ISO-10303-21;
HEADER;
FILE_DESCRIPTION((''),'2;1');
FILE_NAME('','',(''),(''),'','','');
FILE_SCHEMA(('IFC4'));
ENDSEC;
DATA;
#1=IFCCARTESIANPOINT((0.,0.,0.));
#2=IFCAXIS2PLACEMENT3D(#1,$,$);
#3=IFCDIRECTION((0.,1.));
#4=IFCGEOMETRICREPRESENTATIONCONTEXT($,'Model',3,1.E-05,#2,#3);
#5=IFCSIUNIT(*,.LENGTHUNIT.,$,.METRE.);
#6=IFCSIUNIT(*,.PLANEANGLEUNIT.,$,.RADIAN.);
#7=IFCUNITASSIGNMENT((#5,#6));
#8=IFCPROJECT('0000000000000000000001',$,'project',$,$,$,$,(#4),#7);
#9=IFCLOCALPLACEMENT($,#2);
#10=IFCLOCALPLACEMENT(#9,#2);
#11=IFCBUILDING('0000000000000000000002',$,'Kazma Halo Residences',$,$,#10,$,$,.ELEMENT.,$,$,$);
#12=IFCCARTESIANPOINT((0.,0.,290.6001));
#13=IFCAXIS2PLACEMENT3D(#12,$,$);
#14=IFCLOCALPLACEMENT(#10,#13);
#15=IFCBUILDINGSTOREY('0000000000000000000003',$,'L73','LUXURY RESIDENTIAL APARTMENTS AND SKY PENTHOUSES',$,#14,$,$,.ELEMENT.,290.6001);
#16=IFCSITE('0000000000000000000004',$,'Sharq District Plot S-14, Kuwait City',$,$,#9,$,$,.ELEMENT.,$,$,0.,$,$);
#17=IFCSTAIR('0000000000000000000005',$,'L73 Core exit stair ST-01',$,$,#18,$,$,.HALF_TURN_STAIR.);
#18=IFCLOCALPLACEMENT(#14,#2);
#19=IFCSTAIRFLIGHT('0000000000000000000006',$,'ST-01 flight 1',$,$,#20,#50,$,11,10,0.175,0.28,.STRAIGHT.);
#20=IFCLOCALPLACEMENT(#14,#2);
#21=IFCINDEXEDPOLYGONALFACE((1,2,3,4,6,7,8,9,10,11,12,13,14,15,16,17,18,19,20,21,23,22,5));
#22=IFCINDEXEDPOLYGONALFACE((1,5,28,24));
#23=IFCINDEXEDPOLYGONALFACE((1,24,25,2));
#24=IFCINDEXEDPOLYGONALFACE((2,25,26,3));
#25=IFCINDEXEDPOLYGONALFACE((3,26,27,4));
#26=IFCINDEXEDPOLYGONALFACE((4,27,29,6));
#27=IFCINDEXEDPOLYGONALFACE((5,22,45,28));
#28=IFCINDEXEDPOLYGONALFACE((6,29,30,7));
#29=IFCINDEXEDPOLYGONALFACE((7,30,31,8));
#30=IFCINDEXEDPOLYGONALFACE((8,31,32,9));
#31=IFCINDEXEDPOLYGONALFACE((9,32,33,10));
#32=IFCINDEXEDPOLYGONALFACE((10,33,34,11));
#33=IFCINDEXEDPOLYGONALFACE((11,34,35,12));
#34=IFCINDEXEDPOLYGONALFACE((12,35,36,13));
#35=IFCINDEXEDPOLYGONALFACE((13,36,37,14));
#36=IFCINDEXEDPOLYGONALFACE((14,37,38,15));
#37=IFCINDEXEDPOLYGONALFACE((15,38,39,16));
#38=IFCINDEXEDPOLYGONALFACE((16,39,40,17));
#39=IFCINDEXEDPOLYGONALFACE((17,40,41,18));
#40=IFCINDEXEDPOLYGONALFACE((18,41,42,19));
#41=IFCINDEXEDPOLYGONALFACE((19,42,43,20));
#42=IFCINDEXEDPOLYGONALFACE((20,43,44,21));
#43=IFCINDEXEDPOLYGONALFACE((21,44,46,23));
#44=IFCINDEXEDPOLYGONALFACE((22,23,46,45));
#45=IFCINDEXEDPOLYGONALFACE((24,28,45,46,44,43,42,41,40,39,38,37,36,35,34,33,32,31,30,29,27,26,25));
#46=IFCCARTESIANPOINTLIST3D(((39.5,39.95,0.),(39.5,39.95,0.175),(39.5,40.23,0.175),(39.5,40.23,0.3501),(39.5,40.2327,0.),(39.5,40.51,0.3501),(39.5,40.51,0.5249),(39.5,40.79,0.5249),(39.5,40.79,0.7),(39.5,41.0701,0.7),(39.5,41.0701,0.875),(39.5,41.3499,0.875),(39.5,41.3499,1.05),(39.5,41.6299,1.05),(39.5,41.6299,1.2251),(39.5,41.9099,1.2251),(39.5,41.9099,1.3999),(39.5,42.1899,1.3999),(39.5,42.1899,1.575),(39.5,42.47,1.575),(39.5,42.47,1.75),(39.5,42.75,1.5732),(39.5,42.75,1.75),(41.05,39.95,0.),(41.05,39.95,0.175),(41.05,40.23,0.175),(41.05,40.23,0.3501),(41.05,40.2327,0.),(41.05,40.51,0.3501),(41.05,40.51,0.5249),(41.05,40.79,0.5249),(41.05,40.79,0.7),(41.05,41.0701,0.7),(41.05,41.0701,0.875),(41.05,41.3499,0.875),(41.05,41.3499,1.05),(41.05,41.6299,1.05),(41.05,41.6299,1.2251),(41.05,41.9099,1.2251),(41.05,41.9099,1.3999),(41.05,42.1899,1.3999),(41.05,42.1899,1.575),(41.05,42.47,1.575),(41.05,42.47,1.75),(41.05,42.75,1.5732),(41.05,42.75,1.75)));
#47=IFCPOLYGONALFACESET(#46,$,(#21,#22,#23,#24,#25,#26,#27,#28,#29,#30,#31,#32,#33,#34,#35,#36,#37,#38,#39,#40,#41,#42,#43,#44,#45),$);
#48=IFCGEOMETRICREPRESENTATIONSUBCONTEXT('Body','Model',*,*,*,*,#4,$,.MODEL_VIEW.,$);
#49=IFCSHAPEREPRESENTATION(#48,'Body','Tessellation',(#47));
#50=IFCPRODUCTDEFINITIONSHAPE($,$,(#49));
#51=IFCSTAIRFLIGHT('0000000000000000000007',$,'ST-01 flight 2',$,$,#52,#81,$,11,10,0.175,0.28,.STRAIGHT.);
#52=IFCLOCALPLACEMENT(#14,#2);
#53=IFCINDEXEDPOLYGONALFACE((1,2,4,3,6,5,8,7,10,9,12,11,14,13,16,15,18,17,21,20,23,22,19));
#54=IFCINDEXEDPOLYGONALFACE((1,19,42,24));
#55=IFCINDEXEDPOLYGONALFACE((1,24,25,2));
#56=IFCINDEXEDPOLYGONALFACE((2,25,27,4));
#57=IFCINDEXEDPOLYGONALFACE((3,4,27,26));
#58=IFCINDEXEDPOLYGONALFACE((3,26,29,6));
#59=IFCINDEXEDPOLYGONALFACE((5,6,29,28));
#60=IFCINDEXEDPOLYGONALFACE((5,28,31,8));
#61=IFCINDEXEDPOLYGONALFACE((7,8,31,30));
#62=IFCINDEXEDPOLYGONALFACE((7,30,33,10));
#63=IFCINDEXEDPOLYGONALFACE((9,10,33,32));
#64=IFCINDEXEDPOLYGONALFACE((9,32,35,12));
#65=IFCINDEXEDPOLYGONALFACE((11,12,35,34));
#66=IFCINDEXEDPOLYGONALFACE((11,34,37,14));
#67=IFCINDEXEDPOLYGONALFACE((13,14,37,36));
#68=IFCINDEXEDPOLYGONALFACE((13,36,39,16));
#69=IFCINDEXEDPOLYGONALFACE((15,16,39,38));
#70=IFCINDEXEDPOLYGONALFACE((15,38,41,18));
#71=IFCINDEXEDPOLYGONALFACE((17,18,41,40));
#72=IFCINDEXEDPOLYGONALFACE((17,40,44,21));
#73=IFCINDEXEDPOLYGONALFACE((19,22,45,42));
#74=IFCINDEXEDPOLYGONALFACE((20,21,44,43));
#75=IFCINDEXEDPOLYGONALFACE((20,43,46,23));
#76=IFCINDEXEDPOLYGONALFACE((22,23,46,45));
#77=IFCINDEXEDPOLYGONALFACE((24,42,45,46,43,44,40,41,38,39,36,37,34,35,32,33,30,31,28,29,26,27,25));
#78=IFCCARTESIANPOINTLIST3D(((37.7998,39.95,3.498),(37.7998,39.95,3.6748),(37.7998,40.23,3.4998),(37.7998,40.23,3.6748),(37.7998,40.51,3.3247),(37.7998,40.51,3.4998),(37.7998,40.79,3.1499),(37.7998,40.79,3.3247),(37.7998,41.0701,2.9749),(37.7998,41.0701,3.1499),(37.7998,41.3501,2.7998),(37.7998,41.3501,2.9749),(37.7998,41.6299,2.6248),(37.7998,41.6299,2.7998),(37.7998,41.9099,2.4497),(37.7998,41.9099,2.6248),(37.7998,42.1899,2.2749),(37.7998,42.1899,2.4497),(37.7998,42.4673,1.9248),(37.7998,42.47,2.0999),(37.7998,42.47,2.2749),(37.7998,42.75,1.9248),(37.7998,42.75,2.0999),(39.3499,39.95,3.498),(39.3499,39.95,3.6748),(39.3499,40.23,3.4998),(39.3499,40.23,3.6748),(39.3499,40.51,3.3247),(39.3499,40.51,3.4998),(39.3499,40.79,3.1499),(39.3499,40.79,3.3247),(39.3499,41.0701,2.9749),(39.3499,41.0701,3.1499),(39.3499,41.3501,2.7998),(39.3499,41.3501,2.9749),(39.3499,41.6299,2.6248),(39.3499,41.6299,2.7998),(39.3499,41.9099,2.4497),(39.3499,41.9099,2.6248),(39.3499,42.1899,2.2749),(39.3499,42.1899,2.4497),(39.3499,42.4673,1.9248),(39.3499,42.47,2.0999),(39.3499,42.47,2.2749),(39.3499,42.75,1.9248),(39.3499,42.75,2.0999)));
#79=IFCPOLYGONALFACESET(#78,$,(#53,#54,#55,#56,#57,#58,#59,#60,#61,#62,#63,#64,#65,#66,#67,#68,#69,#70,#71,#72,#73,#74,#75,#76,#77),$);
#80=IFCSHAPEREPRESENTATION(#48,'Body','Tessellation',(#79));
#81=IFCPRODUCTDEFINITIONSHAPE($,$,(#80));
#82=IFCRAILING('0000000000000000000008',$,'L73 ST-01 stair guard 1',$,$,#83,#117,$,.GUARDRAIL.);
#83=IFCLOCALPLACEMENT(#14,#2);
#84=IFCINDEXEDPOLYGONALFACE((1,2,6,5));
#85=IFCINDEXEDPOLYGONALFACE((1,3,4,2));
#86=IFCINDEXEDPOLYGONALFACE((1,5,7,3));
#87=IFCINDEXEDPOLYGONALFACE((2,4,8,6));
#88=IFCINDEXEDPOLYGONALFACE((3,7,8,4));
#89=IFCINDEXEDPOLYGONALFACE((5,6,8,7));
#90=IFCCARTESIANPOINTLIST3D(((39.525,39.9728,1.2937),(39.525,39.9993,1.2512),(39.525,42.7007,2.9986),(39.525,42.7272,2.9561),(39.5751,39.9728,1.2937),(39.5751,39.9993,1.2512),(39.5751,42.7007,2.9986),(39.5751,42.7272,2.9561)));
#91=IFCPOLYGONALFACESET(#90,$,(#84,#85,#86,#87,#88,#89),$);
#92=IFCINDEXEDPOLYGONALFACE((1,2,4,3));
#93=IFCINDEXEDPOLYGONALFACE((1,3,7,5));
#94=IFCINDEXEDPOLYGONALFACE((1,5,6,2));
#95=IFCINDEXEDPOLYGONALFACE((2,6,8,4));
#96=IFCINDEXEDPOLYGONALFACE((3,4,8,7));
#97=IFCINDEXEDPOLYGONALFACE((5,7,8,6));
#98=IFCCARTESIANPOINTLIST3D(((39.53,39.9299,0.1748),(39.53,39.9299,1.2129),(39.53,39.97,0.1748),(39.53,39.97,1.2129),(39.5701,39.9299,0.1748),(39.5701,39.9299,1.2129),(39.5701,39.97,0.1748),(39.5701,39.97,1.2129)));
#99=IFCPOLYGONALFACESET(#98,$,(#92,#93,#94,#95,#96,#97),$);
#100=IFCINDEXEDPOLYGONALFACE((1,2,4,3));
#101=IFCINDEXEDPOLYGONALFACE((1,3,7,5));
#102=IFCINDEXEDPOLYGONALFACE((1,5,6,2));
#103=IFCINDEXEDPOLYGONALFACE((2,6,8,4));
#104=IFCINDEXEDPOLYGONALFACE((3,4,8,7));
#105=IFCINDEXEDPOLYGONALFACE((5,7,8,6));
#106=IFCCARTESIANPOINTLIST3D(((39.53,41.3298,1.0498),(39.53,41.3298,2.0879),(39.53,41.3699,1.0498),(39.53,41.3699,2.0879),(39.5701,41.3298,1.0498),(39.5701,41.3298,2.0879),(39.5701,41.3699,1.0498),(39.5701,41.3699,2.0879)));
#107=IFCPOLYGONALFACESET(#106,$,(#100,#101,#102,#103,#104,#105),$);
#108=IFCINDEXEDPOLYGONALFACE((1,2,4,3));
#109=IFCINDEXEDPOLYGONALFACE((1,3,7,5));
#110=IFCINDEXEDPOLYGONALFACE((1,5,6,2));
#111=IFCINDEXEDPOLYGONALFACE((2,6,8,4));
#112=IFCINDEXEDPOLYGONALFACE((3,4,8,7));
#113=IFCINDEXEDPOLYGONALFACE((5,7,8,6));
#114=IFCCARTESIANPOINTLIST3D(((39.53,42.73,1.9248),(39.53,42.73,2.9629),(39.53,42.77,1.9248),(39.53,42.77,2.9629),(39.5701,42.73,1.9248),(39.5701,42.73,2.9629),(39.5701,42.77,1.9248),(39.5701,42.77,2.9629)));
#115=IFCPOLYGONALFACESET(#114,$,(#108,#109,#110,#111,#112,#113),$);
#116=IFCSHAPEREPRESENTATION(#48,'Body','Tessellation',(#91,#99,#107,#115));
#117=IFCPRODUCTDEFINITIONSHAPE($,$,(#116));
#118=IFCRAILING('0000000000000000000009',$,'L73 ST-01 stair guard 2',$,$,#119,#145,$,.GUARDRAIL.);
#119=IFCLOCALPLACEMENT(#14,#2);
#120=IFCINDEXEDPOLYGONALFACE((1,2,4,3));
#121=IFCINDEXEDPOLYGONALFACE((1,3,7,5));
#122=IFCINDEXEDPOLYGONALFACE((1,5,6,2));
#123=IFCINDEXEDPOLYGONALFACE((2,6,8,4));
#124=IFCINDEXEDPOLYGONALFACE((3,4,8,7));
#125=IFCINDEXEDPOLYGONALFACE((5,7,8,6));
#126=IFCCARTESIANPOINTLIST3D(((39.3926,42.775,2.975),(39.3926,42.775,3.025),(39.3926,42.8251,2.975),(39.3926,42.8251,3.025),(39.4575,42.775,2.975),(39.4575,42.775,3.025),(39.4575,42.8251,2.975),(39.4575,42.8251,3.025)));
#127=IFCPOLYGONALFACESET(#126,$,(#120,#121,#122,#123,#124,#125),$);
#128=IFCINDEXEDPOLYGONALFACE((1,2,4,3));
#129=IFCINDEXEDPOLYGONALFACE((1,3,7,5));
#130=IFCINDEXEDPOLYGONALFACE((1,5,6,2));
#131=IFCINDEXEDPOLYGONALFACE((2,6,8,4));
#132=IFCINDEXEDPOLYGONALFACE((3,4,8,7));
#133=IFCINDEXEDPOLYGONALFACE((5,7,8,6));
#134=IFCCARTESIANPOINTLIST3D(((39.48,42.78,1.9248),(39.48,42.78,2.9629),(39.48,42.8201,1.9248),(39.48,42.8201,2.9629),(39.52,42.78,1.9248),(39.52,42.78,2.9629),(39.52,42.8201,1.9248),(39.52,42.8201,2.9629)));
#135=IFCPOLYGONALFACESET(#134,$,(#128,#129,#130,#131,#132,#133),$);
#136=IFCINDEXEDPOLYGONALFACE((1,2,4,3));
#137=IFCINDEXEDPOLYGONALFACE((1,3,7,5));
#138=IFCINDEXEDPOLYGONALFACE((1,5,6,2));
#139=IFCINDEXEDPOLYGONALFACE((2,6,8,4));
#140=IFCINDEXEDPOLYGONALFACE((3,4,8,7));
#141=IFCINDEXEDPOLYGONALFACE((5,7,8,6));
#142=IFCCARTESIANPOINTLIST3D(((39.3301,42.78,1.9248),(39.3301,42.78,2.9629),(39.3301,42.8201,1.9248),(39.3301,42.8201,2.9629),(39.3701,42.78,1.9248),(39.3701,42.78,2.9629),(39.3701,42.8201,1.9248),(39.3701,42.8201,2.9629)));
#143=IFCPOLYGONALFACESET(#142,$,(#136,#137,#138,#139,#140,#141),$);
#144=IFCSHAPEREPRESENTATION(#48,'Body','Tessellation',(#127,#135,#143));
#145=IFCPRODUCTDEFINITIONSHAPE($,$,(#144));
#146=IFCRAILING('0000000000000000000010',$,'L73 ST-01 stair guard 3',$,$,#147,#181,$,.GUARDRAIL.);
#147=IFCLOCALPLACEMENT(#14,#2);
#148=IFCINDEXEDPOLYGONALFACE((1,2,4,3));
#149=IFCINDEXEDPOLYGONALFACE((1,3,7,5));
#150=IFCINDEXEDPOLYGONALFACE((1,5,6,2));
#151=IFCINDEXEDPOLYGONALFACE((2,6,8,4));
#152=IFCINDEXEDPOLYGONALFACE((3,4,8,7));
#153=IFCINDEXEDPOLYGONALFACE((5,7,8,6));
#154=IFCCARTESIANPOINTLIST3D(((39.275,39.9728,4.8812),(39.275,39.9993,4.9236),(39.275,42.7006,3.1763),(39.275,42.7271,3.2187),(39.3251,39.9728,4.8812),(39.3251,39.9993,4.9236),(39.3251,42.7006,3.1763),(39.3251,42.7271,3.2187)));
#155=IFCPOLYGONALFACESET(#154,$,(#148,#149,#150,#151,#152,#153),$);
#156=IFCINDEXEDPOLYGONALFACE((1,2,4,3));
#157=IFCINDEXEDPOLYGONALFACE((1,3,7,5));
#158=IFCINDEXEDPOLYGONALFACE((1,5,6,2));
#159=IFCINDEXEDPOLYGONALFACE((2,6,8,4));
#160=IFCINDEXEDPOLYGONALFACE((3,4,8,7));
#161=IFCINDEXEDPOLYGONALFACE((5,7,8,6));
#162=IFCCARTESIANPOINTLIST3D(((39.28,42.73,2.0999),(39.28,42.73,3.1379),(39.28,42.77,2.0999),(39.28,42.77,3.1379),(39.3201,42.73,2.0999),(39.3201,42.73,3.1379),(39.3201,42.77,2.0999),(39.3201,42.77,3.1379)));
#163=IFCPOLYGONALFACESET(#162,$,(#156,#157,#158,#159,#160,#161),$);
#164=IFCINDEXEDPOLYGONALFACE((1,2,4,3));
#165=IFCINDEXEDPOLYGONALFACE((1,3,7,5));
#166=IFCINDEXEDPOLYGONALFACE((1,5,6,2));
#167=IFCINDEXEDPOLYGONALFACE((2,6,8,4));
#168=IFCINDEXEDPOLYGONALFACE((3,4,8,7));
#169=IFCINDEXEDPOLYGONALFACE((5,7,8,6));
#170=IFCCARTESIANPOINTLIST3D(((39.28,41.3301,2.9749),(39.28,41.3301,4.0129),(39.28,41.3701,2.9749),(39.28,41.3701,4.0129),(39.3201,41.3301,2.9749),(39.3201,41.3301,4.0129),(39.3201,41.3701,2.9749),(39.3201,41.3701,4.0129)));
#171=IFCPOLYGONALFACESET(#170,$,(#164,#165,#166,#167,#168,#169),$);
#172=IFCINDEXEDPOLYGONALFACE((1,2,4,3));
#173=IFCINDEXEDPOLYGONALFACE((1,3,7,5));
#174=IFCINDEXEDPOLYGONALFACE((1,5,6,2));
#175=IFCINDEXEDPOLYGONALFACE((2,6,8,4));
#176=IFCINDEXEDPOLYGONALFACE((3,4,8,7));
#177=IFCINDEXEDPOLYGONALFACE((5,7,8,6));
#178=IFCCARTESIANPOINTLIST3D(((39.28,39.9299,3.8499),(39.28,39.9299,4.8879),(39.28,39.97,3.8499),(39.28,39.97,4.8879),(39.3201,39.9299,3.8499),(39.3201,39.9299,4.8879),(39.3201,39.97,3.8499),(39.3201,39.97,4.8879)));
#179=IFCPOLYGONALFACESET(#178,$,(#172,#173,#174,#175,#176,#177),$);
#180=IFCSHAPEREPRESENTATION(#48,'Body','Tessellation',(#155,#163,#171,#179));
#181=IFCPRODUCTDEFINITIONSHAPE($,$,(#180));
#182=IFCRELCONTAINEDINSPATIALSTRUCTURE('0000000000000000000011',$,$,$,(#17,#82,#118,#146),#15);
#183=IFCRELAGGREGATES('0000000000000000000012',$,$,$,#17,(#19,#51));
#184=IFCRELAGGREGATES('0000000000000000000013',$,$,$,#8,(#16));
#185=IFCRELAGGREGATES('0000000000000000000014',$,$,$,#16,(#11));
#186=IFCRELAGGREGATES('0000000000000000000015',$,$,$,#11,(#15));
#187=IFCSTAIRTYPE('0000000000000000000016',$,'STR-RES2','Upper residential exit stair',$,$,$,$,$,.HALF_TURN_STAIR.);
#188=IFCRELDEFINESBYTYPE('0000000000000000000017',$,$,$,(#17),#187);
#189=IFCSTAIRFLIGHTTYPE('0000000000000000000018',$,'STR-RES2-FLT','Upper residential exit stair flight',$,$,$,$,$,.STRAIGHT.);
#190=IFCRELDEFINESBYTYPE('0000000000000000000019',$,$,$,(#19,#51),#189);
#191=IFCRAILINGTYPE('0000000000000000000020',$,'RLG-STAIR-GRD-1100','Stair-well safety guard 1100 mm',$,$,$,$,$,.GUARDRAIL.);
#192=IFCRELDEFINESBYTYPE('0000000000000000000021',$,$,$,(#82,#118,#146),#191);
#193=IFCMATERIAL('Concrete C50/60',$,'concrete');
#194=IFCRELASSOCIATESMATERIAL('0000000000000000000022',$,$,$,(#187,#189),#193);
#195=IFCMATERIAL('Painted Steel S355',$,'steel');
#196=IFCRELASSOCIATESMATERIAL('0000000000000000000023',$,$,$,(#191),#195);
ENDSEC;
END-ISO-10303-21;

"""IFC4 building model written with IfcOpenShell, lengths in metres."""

from ifc_helpers import new_model, si_unit, direction, frame, origin, origin_2d, place, context, subcontext, project, spatial, polyline, rectangle, outline, extrude, material, type_object, element, aggregate, save


model = new_model("IFC4")

# Units and contexts
model_context = context("Model", 3, precision=1e-05, world=origin(), true_north=direction((0.0, 1.0)))
body_context = subcontext(model_context, "Body", "Model", "MODEL_VIEW")
ifc_project = project(units=[si_unit("LENGTHUNIT", "METRE"), si_unit("PLANEANGLEUNIT", "RADIAN")], contexts=[model_context])

# Site, building, storey
site_placement = place(None, origin())
site = spatial("IfcSite", under=ifc_project, at=site_placement, Name="Sharq District Plot S-14, Kuwait City", CompositionType="ELEMENT", RefElevation=0.0)
building_placement = place(site_placement, origin())
building = spatial("IfcBuilding", under=site, at=building_placement, Name="Kazma Halo Residences", CompositionType="ELEMENT")
storey_placement = place(building_placement, frame((0.0, 0.0, 290.6001)))
storey = spatial("IfcBuildingStorey", under=building, at=storey_placement, Name="L73", Description="LUXURY RESIDENTIAL APARTMENTS AND SKY PENTHOUSES", CompositionType="ELEMENT", Elevation=290.6001)

# Stair, stair flights
ifc_material_1 = material(Name="Concrete C50/60", Category="concrete")
stair_type = type_object("IfcStairType", Name="STR-RES2", Description="Upper residential exit stair", PredefinedType="HALF_TURN_STAIR", material=ifc_material_1)
stair_placement = place(storey_placement, origin())
stair = element("IfcStair", 1, at=stair_placement, inside=storey, type_object=stair_type, Name="L73 Core exit stair ST-01", PredefinedType="HALF_TURN_STAIR")
stair_flight_type = type_object("IfcStairFlightType", Name="STR-RES2-FLT", Description="Upper residential exit stair flight", PredefinedType="STRAIGHT", material=ifc_material_1)
stair_flight_1_placement = place(storey_placement, frame((40.2749, 39.95, 0.0), z_axis=(0.0, 0.0, 1.0), x_axis=(0.0, 1.0, 0.0)))
stair_flight_1 = element("IfcStairFlight", 2, at=stair_flight_1_placement, type_object=stair_flight_type, Name="ST-01 flight 1", NumberOfRisers=11, NumberOfTreads=10, PredefinedType="STRAIGHT", RiserHeight=0.175, TreadLength=0.28, context=body_context, shape_type="SweptSolid", body=[
    extrude(outline(polyline([(0.0, 0.0), (0.0, 0.175), (0.28, 0.175), (0.28, 0.3501), (0.5601, 0.3501), (0.5601, 0.5249), (0.8401, 0.5249), (0.8401, 0.7), (1.1201, 0.7), (1.1201, 0.875), (1.3999, 0.875), (1.3999, 1.05), (1.6799, 1.05), (1.6799, 1.2251), (1.96, 1.2251), (1.96, 1.3999), (2.24, 1.3999), (2.24, 1.575), (2.52, 1.575), (2.52, 1.75), (2.8, 1.75), (2.8, 1.925), (2.8, 1.5732), (0.2827, 0.0), (0.0, 0.0)])), frame((0.0, 0.7749, 0.0), z_axis=(0.0, -1.0, 0.0), x_axis=(1.0, 0.0, 0.0)), (0.0, 0.0, 1.0), 1.55),
])
stair_flight_2_placement = place(storey_placement, frame((38.575, 42.75, 1.9248), z_axis=(0.0, 0.0, 1.0), x_axis=(0.0, -1.0, 0.0)))
stair_flight_2 = element("IfcStairFlight", 3, at=stair_flight_2_placement, type_object=stair_flight_type, Name="ST-01 flight 2", NumberOfRisers=11, NumberOfTreads=10, PredefinedType="STRAIGHT", RiserHeight=0.175, TreadLength=0.28, context=body_context, shape_type="SweptSolid", body=[
    extrude(outline(polyline([(0.0, 0.0), (0.0, 0.175), (0.28, 0.175), (0.28, 0.3501), (0.5601, 0.3501), (0.5601, 0.5249), (0.8401, 0.5249), (0.8401, 0.7), (1.1201, 0.7), (1.1201, 0.875), (1.3999, 0.875), (1.3999, 1.05), (1.6799, 1.05), (1.6799, 1.2251), (1.96, 1.2251), (1.96, 1.3999), (2.24, 1.3999), (2.24, 1.575), (2.52, 1.575), (2.52, 1.75), (2.8, 1.75), (2.8, 1.925), (2.8, 1.5732), (0.2827, 0.0), (0.0, 0.0)])), frame((0.0, 0.7749, 0.0), z_axis=(0.0, -1.0, 0.0), x_axis=(1.0, 0.0, 0.0)), (0.0, 0.0, 1.0), 1.55),
])
aggregate(stair, [stair_flight_1, stair_flight_2])

# Railings
ifc_material_2 = material(Name="Painted Steel S355", Category="steel")
railing_type_1 = type_object("IfcRailingType", Name="RLG-STAIR-GRD-1100", Description="Stair-well safety guard 1100 mm", PredefinedType="GUARDRAIL", material=ifc_material_2)
railing_1_placement = place(storey_placement, frame((39.55, 39.95, 0.1748)))
element("IfcRailing", 4, at=railing_1_placement, inside=storey, type_object=railing_type_1, Name="L73 ST-01 stair guard 1", PredefinedType="GUARDRAIL", context=body_context, shape_type="SweptSolid", body=[
    extrude(rectangle(XDim=0.05, YDim=0.05, at=origin_2d()), frame((0.0, 0.0361, 1.0977), z_axis=(0.0, 0.848002, 0.529992), x_axis=(-1.0, 0.0, 0.0)), (0.0, 0.0, 1.0), 3.2168),
    extrude(rectangle(XDim=0.04, YDim=0.04, at=origin_2d()), origin(), (0.0, 0.0, 1.0), 1.0381),
    extrude(rectangle(XDim=0.04, YDim=0.04, at=origin_2d()), frame((0.0, 1.3999, 0.875)), (0.0, 0.0, 1.0), 1.0381),
    extrude(rectangle(XDim=0.04, YDim=0.04, at=origin_2d()), frame((0.0, 2.8, 1.75)), (0.0, 0.0, 1.0), 1.0381),
])
railing_2_placement = place(storey_placement, frame((39.5, 42.8, 1.9248)))
element("IfcRailing", 5, at=railing_2_placement, inside=storey, type_object=railing_type_1, Name="L73 ST-01 stair guard 2", PredefinedType="GUARDRAIL", context=body_context, shape_type="SweptSolid", body=[
    extrude(rectangle(XDim=0.05, YDim=0.05, at=origin_2d()), frame((-0.0425, 0.0, 1.0752), z_axis=(-1.0, 0.0, 0.0), x_axis=(0.0, -1.0, 0.0)), (0.0, 0.0, 1.0), 0.0649),
    extrude(rectangle(XDim=0.04, YDim=0.04, at=origin_2d()), origin(), (0.0, 0.0, 1.0), 1.0381),
    extrude(rectangle(XDim=0.04, YDim=0.04, at=origin_2d()), frame((-0.1499, 0.0, 0.0)), (0.0, 0.0, 1.0), 1.0381),
])
railing_3_placement = place(storey_placement, frame((39.3, 42.75, 2.0999)))
element("IfcRailing", 6, at=railing_3_placement, inside=storey, type_object=railing_type_1, Name="L73 ST-01 stair guard 3", PredefinedType="GUARDRAIL", context=body_context, shape_type="SweptSolid", body=[
    extrude(rectangle(XDim=0.05, YDim=0.05, at=origin_2d()), frame((0.0, -0.0361, 1.0977), z_axis=(0.0, -0.848002, 0.529992), x_axis=(1.0, 0.0, 0.0)), (0.0, 0.0, 1.0), 3.2168),
    extrude(rectangle(XDim=0.04, YDim=0.04, at=origin_2d()), origin(), (0.0, 0.0, 1.0), 1.0381),
    extrude(rectangle(XDim=0.04, YDim=0.04, at=origin_2d()), frame((0.0, -1.3999, 0.875)), (0.0, 0.0, 1.0), 1.0381),
    extrude(rectangle(XDim=0.04, YDim=0.04, at=origin_2d()), frame((0.0, -2.8, 1.75)), (0.0, 0.0, 1.0), 1.0381),
])

save(model, "model.ifc")
